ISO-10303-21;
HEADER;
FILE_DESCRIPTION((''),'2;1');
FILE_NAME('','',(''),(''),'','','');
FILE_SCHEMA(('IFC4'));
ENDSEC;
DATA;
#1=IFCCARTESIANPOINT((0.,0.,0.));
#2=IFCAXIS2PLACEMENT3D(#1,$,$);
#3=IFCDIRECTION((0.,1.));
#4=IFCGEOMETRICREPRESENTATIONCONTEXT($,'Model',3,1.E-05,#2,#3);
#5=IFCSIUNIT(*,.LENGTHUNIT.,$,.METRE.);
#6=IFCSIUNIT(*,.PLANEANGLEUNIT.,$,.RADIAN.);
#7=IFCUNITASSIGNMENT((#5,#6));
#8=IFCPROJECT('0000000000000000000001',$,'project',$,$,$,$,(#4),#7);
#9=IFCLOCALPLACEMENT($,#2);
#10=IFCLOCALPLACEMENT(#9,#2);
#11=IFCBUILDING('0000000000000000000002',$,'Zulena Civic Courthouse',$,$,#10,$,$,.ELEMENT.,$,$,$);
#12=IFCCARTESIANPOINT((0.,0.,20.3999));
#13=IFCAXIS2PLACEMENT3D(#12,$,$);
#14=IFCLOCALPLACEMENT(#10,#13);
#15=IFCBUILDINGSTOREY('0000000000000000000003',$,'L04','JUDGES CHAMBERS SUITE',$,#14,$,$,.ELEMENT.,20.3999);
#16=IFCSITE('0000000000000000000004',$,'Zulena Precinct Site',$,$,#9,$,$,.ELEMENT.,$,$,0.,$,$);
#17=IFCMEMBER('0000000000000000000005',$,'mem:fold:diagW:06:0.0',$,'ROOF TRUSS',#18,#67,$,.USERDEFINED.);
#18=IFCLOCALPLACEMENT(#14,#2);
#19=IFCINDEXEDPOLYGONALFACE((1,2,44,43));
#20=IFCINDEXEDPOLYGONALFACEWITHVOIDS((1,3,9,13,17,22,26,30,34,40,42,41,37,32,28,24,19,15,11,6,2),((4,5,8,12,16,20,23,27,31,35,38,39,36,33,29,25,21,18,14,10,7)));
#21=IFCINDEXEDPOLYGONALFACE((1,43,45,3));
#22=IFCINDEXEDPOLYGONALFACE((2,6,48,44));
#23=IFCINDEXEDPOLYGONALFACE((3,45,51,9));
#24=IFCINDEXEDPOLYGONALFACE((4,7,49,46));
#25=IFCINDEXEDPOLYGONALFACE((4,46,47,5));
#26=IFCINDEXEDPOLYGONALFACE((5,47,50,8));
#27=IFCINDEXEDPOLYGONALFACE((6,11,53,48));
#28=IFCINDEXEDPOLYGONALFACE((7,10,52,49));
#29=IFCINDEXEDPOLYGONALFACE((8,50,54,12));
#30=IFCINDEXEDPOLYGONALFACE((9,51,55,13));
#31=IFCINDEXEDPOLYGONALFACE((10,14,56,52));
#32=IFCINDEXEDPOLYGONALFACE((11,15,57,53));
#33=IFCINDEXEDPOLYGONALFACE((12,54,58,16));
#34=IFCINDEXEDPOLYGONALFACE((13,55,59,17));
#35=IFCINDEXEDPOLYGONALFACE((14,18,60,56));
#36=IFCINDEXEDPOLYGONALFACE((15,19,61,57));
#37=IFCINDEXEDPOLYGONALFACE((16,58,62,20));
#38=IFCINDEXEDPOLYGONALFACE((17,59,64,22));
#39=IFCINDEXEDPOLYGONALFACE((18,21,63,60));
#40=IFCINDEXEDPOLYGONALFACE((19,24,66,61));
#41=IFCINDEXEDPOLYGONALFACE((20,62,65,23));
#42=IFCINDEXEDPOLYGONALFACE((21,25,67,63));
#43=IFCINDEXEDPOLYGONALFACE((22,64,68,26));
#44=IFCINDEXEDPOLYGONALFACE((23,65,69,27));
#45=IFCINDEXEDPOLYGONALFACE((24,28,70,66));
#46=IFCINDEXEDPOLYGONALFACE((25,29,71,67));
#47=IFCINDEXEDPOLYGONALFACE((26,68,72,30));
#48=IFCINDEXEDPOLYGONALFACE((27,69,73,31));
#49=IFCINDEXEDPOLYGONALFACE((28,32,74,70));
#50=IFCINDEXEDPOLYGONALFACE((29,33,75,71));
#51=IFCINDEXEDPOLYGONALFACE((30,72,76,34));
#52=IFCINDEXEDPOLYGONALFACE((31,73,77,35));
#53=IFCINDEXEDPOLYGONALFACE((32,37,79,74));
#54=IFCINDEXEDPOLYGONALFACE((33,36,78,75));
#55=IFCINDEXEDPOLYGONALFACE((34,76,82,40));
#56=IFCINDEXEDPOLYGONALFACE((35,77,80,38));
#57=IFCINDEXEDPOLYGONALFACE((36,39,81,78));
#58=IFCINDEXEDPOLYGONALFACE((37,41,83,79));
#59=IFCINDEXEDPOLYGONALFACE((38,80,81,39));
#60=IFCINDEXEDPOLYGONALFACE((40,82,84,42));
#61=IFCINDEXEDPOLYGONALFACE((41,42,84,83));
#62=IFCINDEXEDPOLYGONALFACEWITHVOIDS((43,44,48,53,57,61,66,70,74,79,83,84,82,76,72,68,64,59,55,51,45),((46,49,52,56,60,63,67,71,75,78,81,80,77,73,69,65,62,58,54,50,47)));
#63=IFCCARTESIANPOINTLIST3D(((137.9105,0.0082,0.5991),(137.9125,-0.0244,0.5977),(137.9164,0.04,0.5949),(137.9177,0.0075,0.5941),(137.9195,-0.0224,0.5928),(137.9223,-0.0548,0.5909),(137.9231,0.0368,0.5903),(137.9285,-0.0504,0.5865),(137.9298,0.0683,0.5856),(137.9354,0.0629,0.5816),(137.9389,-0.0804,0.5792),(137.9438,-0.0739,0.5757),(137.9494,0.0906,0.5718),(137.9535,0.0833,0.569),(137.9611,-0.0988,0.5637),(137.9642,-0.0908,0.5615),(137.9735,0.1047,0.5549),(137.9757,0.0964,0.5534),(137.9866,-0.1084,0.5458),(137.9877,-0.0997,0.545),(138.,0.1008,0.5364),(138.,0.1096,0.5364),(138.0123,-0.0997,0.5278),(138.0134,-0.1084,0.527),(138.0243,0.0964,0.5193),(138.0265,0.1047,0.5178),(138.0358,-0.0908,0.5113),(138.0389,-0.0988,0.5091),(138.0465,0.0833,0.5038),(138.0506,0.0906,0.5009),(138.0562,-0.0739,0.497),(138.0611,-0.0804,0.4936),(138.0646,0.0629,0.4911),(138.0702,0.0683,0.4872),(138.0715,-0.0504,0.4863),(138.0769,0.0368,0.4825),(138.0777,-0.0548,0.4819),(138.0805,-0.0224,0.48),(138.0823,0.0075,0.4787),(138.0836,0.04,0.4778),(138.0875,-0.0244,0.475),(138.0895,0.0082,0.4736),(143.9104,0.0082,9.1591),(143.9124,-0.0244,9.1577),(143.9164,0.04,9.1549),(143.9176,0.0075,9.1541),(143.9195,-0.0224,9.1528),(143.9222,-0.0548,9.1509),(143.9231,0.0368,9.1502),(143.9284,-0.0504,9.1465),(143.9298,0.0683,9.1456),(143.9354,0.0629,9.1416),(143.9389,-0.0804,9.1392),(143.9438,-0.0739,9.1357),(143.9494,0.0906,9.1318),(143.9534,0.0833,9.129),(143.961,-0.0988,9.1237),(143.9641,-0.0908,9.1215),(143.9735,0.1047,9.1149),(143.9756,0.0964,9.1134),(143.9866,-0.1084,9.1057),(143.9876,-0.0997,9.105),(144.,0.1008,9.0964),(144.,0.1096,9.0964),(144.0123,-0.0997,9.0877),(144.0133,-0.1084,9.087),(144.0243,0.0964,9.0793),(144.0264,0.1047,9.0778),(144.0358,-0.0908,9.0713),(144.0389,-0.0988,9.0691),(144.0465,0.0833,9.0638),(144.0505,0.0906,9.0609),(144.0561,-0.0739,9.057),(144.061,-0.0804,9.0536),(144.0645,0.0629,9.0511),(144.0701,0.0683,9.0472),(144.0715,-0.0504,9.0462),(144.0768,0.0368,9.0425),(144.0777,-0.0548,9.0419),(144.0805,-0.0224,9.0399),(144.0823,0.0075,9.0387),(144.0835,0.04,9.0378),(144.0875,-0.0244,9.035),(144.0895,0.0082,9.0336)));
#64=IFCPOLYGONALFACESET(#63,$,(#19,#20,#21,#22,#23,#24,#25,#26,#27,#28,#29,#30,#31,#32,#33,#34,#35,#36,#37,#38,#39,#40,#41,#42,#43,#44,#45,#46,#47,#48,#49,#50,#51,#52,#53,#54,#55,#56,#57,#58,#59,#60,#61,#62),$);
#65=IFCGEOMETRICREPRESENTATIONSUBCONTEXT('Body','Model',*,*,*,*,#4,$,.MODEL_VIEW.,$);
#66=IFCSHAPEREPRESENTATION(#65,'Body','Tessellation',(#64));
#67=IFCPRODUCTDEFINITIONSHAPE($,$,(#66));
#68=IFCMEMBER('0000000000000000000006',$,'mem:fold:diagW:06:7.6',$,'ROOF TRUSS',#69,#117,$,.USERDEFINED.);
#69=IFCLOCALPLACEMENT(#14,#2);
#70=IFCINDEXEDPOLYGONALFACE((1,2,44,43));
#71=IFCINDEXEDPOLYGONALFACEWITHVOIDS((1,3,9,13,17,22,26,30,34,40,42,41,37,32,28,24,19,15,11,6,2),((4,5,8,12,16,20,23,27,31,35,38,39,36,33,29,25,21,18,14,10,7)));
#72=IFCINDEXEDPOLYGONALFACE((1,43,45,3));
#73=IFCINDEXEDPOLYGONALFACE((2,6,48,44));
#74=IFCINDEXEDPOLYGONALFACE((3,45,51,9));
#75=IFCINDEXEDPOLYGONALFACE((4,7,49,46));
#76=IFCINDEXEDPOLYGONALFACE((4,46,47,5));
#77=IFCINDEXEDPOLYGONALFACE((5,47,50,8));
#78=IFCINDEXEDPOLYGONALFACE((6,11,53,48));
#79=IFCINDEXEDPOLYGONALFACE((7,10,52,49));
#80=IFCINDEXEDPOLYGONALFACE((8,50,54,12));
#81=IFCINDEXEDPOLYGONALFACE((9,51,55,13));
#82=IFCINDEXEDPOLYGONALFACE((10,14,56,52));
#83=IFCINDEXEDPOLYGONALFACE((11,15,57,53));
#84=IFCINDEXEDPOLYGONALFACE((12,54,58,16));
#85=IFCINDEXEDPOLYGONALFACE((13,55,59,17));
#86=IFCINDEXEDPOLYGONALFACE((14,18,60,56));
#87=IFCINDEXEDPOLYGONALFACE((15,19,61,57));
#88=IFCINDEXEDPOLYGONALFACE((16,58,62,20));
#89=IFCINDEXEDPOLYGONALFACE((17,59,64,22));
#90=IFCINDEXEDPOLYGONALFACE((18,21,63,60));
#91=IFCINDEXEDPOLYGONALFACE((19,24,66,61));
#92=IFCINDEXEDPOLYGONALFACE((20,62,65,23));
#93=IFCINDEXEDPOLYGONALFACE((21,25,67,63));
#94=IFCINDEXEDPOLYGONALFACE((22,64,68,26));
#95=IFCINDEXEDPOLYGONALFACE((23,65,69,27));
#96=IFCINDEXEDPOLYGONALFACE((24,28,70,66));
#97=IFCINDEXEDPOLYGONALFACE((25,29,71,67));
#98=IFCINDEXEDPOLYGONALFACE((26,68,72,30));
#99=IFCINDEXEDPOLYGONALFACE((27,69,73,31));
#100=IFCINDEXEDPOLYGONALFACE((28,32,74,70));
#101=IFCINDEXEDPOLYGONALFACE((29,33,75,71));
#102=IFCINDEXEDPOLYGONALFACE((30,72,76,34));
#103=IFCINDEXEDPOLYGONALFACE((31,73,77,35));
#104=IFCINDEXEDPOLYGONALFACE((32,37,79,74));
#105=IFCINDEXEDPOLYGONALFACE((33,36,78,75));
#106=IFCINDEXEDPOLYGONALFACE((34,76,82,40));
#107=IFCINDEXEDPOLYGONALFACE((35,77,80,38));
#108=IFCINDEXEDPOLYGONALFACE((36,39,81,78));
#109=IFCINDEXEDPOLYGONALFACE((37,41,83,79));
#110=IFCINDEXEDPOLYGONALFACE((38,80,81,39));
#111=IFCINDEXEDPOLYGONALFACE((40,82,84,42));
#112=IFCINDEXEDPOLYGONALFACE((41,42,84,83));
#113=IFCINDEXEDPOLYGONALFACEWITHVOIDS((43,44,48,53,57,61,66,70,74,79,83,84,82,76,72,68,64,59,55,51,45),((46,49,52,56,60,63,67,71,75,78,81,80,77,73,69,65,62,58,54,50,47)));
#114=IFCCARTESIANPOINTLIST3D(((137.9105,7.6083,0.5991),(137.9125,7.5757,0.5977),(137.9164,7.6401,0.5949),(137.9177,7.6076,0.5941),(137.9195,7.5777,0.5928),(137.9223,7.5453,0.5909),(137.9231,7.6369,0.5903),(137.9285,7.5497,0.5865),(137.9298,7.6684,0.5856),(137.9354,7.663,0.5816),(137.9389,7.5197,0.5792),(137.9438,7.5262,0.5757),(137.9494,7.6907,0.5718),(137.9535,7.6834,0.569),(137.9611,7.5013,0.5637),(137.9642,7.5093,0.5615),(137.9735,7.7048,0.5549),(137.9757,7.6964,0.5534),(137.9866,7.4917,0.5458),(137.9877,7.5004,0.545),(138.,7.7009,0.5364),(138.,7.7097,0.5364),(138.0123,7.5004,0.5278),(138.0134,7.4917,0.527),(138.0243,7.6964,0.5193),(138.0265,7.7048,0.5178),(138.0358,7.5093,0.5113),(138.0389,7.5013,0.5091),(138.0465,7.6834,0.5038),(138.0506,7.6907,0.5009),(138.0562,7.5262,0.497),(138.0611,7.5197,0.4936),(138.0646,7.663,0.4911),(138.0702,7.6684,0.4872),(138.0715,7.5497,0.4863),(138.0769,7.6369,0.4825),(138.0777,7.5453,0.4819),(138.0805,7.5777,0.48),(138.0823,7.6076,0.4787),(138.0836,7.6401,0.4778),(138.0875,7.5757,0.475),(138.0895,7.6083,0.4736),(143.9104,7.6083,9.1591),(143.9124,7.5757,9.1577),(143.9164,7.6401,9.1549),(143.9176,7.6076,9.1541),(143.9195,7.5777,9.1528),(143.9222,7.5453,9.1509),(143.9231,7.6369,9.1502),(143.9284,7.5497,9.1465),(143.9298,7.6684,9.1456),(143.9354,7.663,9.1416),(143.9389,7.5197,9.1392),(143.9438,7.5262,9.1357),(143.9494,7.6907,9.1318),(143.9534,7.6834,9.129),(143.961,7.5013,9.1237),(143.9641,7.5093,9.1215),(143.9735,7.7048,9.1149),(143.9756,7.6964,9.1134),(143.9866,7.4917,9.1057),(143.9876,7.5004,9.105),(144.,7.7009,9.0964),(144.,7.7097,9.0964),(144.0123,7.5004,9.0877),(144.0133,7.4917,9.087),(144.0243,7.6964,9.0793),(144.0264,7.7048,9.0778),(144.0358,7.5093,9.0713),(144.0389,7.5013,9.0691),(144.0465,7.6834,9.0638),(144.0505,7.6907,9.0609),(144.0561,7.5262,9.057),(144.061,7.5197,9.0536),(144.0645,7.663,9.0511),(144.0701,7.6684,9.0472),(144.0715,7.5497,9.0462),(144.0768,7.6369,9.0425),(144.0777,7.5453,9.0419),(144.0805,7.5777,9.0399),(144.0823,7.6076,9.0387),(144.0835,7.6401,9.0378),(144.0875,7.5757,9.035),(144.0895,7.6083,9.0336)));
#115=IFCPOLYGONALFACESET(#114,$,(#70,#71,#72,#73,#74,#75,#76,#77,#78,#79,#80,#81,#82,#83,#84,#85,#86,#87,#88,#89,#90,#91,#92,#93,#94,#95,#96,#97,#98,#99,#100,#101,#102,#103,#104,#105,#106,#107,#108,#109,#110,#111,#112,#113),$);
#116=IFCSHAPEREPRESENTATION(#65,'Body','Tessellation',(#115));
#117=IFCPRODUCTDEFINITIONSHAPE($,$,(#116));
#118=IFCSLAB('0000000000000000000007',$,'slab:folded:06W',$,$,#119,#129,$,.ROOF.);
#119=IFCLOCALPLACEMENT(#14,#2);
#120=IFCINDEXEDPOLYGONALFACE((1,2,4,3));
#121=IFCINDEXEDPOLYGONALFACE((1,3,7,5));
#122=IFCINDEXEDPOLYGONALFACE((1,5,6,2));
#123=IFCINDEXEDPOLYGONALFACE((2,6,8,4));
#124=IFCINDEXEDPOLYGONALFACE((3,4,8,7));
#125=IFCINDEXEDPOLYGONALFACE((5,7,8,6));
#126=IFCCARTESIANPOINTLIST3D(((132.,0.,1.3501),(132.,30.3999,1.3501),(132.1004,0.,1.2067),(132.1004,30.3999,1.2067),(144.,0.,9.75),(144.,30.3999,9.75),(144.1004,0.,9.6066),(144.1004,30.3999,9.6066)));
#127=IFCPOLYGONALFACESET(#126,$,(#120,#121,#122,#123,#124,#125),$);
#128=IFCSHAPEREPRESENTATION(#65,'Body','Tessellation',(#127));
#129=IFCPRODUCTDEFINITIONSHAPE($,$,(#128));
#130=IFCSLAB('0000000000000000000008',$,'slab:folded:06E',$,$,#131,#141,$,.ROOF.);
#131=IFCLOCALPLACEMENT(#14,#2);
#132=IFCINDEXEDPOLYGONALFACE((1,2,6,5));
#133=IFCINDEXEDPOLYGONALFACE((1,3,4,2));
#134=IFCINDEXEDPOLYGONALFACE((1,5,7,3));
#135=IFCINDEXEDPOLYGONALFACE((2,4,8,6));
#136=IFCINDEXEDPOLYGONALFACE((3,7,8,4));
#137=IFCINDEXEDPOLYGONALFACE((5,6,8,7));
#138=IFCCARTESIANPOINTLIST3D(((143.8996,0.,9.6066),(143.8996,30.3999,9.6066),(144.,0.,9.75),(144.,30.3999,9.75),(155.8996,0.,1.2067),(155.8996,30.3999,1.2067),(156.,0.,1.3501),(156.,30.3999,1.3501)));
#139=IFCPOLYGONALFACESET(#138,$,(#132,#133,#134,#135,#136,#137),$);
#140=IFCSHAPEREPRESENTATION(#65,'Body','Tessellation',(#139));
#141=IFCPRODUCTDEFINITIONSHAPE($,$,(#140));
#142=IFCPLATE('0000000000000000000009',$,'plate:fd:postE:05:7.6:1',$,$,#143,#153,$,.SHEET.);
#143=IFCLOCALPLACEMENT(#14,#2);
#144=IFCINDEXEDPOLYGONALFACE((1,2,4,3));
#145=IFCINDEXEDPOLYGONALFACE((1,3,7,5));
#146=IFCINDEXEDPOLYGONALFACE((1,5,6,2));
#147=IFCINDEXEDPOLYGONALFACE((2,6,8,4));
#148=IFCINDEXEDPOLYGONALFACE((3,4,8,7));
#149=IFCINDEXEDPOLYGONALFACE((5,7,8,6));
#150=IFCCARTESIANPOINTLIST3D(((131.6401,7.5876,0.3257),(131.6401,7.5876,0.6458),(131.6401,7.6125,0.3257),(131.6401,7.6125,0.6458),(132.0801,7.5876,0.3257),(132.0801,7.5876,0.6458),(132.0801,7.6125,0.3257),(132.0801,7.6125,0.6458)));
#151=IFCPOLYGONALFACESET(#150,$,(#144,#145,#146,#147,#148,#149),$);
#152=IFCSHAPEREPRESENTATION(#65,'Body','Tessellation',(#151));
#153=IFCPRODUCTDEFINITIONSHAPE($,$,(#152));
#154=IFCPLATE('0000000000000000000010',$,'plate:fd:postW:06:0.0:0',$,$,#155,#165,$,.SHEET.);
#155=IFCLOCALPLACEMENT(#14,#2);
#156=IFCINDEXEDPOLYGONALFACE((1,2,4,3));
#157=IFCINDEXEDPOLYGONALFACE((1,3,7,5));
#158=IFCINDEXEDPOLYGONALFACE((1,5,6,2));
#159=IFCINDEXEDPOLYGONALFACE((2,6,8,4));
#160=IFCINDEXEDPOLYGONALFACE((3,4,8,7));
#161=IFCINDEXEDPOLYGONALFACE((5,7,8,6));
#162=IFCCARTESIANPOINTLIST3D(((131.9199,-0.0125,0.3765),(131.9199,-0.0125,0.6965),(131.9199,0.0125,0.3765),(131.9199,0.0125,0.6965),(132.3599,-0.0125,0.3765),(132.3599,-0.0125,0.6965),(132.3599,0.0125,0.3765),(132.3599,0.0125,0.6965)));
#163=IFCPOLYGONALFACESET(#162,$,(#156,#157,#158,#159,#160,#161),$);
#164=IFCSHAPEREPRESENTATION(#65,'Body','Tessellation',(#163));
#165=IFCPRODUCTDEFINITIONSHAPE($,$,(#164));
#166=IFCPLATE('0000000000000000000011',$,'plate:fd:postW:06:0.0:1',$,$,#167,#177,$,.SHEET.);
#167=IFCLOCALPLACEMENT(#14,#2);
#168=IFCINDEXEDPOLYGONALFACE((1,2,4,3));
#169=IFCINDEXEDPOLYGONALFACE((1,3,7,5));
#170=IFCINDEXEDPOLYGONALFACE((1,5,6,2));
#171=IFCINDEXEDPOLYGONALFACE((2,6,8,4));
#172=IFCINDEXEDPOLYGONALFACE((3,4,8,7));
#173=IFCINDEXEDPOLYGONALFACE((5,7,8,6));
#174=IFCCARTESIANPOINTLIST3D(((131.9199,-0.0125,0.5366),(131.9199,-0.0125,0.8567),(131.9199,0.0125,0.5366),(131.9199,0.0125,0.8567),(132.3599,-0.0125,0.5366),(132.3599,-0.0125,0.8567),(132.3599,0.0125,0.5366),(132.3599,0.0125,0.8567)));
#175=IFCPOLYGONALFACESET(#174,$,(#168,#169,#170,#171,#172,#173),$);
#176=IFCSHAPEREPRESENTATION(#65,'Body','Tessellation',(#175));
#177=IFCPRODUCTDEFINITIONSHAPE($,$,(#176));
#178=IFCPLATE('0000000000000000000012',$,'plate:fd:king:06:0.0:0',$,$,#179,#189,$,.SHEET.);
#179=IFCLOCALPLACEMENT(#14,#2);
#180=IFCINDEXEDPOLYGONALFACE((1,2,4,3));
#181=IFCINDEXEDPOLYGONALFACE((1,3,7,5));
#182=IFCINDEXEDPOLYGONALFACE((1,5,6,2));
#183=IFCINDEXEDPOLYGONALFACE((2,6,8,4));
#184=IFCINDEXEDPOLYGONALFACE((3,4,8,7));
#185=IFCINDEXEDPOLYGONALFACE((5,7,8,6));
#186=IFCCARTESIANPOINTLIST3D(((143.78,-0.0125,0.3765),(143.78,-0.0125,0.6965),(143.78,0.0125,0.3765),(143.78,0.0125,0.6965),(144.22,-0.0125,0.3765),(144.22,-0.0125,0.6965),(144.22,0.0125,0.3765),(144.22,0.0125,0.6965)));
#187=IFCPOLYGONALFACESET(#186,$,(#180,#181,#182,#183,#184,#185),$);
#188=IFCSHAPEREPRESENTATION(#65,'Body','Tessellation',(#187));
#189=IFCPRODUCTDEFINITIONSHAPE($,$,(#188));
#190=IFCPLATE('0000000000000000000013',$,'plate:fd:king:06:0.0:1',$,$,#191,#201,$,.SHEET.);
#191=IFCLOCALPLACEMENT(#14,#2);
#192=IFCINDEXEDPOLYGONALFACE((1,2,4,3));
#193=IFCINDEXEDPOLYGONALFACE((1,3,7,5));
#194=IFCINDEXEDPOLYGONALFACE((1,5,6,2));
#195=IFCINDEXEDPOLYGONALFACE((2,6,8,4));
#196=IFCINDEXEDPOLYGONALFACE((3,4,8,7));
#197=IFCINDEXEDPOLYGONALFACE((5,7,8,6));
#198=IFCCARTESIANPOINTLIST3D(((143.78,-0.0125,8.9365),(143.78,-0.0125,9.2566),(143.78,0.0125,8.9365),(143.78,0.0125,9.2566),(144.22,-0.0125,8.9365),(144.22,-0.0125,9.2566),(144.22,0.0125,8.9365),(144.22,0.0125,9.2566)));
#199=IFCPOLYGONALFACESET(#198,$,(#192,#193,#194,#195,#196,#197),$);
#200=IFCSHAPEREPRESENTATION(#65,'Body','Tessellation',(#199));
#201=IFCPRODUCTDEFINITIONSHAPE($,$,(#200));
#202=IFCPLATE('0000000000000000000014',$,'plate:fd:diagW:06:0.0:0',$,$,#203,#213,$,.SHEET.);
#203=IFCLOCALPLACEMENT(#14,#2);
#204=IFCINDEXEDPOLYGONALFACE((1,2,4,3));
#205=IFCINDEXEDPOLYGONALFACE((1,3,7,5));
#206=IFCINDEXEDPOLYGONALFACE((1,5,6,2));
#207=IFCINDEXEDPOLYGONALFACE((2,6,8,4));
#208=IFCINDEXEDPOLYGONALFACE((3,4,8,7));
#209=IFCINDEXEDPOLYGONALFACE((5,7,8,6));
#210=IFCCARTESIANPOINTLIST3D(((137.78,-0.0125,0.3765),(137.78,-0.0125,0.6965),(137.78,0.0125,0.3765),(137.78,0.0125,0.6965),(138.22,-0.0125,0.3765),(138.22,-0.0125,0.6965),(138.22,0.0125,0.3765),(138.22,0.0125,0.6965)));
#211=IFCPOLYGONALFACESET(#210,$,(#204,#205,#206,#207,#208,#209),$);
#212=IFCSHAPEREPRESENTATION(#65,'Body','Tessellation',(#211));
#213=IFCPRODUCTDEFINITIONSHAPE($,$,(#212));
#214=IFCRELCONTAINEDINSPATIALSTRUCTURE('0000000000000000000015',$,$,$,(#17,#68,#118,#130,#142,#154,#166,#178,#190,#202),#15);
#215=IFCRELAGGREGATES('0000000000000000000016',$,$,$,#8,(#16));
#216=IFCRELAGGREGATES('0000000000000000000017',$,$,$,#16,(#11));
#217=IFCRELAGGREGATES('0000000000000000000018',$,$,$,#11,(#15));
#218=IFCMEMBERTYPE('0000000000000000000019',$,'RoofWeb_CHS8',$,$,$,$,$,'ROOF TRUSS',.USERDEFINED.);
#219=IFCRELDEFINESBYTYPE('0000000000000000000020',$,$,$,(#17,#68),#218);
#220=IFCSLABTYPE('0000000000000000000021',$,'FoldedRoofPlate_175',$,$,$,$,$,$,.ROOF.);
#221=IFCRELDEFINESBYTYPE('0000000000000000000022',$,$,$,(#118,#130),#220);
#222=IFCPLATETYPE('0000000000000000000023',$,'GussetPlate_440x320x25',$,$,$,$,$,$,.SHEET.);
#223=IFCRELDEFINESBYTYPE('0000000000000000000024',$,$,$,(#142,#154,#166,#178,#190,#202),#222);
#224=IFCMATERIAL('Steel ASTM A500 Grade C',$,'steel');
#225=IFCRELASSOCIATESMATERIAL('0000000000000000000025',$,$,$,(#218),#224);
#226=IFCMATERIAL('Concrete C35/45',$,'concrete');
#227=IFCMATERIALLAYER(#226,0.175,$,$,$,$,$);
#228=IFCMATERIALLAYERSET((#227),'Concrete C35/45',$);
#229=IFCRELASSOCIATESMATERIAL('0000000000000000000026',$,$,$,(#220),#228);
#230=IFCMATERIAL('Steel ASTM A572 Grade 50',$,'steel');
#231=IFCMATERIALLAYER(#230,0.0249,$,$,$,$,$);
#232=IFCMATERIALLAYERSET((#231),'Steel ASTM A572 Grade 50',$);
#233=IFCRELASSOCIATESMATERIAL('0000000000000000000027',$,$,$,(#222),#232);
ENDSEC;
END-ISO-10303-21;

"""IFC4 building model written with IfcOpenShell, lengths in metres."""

from ifc_helpers import new_model, si_unit, direction, frame, origin, origin_2d, place, context, subcontext, project, spatial, polyline, rectangle, hollow_circle, outline, extrude, material, layer, layer_set, material_profile, profile_set, type_object, element, save


model = new_model("IFC4")

# Units and contexts
model_context = context("Model", 3, precision=1e-05, world=origin(), true_north=direction((0.0, 1.0)))
body_context = subcontext(model_context, "Body", "Model", "MODEL_VIEW")
ifc_project = project(units=[si_unit("LENGTHUNIT", "METRE"), si_unit("PLANEANGLEUNIT", "RADIAN")], contexts=[model_context])

# Site, building, storey
site_placement = place(None, origin())
site = spatial("IfcSite", under=ifc_project, at=site_placement, Name="Zulena Precinct Site", CompositionType="ELEMENT", RefElevation=0.0)
building_placement = place(site_placement, origin())
building = spatial("IfcBuilding", under=site, at=building_placement, Name="Zulena Civic Courthouse", CompositionType="ELEMENT")
storey_placement = place(building_placement, frame((0.0, 0.0, 20.3999)))
storey = spatial("IfcBuildingStorey", under=building, at=storey_placement, Name="L04", Description="JUDGES CHAMBERS SUITE", CompositionType="ELEMENT", Elevation=20.3999)

# Members
ifc_material_1 = material(Name="Steel ASTM A500 Grade C", Category="steel")
ifc_material_profile_1 = material_profile(ifc_material_1, hollow_circle(Radius=0.1096, WallThickness=0.0088, at=origin_2d()), Name="HSS8.625X0.375")
ifc_profile_set_1 = profile_set([ifc_material_profile_1], Name="Steel ASTM A500 Grade C")
member_type_1 = type_object("IfcMemberType", Name="RoofWeb_CHS8", ElementType="ROOF TRUSS", PredefinedType="USERDEFINED", material=ifc_profile_set_1)
for number, where, z_axis, x_axis, name in (
    (1, (138.0, 0.0, 0.5364), (0.573973, 0.0, 0.818874), (0.0, 1.0, 0.0), "mem:fold:diagW:06:0.0"),
    (2, (138.0, 7.6001, 0.5364), (0.573973, 0.0, 0.818874), (0.0, 1.0, 0.0), "mem:fold:diagW:06:7.6"),
):
    element("IfcMember", number, at=place(storey_placement, frame(where, z_axis=z_axis, x_axis=x_axis)), inside=storey, type_object=member_type_1, Name=name, ObjectType="ROOF TRUSS", PredefinedType="USERDEFINED", context=body_context, shape_type="SweptSolid", body=[
        extrude(hollow_circle(Radius=0.1096, WallThickness=0.0088, at=origin_2d()), origin(), (0.0, 0.0, 1.0), 10.4534),
    ])

# Slabs
ifc_material_2 = material(Name="Concrete C35/45", Category="concrete")
ifc_layer_1 = layer(ifc_material_2, 0.175)
ifc_layer_set_1 = layer_set([ifc_layer_1], Name="Concrete C35/45")
slab_type = type_object("IfcSlabType", Name="FoldedRoofPlate_175", PredefinedType="ROOF", material=ifc_layer_set_1)
for number, where, z_axis, x_axis, name in (
    (3, (132.0, 0.0, 1.3501), (-0.573458, 0.0, 0.819235), (0.819235, 0.0, 0.573458), "slab:folded:06W"),
    (4, (144.0, 0.0, 9.75), (0.573458, 0.0, 0.819235), (0.819235, 0.0, -0.573458), "slab:folded:06E"),
):
    element("IfcSlab", number, at=place(storey_placement, frame(where, z_axis=z_axis, x_axis=x_axis)), inside=storey, type_object=slab_type, Name=name, PredefinedType="ROOF", context=body_context, shape_type="SweptSolid", body=[
        extrude(outline(polyline([(0.0, 0.0), (14.6478, 0.0), (14.6478, 30.3999), (0.0, 30.3999), (0.0, 0.0)])), origin(), (0.0, 0.0, -1.0), 0.175),
    ])

# Plates
ifc_material_3 = material(Name="Steel ASTM A572 Grade 50", Category="steel")
ifc_layer_2 = layer(ifc_material_3, 0.0249)
ifc_layer_set_2 = layer_set([ifc_layer_2], Name="Steel ASTM A572 Grade 50")
plate_type = type_object("IfcPlateType", Name="GussetPlate_440x320x25", PredefinedType="SHEET", material=ifc_layer_set_2)
for number, where, z_axis, x_axis, name in (
    (5, (131.8601, 7.6001, 0.3257), (0.0, 0.0, 1.0), (1.0, 0.0, 0.0), "plate:fd:postE:05:7.6:1"),
    (6, (132.1399, 0.0, 0.3765), (0.0, 0.0, 1.0), (1.0, 0.0, 0.0), "plate:fd:postW:06:0.0:0"),
    (7, (132.1399, 0.0, 0.5366), (0.0, 0.0, 1.0), (1.0, 0.0, 0.0), "plate:fd:postW:06:0.0:1"),
    (8, (144.0, 0.0, 0.3765), (0.0, 0.0, 1.0), (1.0, 0.0, 0.0), "plate:fd:king:06:0.0:0"),
    (9, (144.0, 0.0, 8.9365), (0.0, 0.0, 1.0), (1.0, 0.0, 0.0), "plate:fd:king:06:0.0:1"),
    (10, (138.0, 0.0, 0.3765), (0.0, 0.0, 1.0), (1.0, 0.0, 0.0), "plate:fd:diagW:06:0.0:0"),
):
    element("IfcPlate", number, at=place(storey_placement, frame(where, z_axis=z_axis, x_axis=x_axis)), inside=storey, type_object=plate_type, Name=name, PredefinedType="SHEET", context=body_context, shape_type="SweptSolid", body=[
        extrude(rectangle(XDim=0.4399, YDim=0.0249, at=origin_2d()), origin(), (0.0, 0.0, 1.0), 0.3201),
    ])

save(model, "model.ifc")
